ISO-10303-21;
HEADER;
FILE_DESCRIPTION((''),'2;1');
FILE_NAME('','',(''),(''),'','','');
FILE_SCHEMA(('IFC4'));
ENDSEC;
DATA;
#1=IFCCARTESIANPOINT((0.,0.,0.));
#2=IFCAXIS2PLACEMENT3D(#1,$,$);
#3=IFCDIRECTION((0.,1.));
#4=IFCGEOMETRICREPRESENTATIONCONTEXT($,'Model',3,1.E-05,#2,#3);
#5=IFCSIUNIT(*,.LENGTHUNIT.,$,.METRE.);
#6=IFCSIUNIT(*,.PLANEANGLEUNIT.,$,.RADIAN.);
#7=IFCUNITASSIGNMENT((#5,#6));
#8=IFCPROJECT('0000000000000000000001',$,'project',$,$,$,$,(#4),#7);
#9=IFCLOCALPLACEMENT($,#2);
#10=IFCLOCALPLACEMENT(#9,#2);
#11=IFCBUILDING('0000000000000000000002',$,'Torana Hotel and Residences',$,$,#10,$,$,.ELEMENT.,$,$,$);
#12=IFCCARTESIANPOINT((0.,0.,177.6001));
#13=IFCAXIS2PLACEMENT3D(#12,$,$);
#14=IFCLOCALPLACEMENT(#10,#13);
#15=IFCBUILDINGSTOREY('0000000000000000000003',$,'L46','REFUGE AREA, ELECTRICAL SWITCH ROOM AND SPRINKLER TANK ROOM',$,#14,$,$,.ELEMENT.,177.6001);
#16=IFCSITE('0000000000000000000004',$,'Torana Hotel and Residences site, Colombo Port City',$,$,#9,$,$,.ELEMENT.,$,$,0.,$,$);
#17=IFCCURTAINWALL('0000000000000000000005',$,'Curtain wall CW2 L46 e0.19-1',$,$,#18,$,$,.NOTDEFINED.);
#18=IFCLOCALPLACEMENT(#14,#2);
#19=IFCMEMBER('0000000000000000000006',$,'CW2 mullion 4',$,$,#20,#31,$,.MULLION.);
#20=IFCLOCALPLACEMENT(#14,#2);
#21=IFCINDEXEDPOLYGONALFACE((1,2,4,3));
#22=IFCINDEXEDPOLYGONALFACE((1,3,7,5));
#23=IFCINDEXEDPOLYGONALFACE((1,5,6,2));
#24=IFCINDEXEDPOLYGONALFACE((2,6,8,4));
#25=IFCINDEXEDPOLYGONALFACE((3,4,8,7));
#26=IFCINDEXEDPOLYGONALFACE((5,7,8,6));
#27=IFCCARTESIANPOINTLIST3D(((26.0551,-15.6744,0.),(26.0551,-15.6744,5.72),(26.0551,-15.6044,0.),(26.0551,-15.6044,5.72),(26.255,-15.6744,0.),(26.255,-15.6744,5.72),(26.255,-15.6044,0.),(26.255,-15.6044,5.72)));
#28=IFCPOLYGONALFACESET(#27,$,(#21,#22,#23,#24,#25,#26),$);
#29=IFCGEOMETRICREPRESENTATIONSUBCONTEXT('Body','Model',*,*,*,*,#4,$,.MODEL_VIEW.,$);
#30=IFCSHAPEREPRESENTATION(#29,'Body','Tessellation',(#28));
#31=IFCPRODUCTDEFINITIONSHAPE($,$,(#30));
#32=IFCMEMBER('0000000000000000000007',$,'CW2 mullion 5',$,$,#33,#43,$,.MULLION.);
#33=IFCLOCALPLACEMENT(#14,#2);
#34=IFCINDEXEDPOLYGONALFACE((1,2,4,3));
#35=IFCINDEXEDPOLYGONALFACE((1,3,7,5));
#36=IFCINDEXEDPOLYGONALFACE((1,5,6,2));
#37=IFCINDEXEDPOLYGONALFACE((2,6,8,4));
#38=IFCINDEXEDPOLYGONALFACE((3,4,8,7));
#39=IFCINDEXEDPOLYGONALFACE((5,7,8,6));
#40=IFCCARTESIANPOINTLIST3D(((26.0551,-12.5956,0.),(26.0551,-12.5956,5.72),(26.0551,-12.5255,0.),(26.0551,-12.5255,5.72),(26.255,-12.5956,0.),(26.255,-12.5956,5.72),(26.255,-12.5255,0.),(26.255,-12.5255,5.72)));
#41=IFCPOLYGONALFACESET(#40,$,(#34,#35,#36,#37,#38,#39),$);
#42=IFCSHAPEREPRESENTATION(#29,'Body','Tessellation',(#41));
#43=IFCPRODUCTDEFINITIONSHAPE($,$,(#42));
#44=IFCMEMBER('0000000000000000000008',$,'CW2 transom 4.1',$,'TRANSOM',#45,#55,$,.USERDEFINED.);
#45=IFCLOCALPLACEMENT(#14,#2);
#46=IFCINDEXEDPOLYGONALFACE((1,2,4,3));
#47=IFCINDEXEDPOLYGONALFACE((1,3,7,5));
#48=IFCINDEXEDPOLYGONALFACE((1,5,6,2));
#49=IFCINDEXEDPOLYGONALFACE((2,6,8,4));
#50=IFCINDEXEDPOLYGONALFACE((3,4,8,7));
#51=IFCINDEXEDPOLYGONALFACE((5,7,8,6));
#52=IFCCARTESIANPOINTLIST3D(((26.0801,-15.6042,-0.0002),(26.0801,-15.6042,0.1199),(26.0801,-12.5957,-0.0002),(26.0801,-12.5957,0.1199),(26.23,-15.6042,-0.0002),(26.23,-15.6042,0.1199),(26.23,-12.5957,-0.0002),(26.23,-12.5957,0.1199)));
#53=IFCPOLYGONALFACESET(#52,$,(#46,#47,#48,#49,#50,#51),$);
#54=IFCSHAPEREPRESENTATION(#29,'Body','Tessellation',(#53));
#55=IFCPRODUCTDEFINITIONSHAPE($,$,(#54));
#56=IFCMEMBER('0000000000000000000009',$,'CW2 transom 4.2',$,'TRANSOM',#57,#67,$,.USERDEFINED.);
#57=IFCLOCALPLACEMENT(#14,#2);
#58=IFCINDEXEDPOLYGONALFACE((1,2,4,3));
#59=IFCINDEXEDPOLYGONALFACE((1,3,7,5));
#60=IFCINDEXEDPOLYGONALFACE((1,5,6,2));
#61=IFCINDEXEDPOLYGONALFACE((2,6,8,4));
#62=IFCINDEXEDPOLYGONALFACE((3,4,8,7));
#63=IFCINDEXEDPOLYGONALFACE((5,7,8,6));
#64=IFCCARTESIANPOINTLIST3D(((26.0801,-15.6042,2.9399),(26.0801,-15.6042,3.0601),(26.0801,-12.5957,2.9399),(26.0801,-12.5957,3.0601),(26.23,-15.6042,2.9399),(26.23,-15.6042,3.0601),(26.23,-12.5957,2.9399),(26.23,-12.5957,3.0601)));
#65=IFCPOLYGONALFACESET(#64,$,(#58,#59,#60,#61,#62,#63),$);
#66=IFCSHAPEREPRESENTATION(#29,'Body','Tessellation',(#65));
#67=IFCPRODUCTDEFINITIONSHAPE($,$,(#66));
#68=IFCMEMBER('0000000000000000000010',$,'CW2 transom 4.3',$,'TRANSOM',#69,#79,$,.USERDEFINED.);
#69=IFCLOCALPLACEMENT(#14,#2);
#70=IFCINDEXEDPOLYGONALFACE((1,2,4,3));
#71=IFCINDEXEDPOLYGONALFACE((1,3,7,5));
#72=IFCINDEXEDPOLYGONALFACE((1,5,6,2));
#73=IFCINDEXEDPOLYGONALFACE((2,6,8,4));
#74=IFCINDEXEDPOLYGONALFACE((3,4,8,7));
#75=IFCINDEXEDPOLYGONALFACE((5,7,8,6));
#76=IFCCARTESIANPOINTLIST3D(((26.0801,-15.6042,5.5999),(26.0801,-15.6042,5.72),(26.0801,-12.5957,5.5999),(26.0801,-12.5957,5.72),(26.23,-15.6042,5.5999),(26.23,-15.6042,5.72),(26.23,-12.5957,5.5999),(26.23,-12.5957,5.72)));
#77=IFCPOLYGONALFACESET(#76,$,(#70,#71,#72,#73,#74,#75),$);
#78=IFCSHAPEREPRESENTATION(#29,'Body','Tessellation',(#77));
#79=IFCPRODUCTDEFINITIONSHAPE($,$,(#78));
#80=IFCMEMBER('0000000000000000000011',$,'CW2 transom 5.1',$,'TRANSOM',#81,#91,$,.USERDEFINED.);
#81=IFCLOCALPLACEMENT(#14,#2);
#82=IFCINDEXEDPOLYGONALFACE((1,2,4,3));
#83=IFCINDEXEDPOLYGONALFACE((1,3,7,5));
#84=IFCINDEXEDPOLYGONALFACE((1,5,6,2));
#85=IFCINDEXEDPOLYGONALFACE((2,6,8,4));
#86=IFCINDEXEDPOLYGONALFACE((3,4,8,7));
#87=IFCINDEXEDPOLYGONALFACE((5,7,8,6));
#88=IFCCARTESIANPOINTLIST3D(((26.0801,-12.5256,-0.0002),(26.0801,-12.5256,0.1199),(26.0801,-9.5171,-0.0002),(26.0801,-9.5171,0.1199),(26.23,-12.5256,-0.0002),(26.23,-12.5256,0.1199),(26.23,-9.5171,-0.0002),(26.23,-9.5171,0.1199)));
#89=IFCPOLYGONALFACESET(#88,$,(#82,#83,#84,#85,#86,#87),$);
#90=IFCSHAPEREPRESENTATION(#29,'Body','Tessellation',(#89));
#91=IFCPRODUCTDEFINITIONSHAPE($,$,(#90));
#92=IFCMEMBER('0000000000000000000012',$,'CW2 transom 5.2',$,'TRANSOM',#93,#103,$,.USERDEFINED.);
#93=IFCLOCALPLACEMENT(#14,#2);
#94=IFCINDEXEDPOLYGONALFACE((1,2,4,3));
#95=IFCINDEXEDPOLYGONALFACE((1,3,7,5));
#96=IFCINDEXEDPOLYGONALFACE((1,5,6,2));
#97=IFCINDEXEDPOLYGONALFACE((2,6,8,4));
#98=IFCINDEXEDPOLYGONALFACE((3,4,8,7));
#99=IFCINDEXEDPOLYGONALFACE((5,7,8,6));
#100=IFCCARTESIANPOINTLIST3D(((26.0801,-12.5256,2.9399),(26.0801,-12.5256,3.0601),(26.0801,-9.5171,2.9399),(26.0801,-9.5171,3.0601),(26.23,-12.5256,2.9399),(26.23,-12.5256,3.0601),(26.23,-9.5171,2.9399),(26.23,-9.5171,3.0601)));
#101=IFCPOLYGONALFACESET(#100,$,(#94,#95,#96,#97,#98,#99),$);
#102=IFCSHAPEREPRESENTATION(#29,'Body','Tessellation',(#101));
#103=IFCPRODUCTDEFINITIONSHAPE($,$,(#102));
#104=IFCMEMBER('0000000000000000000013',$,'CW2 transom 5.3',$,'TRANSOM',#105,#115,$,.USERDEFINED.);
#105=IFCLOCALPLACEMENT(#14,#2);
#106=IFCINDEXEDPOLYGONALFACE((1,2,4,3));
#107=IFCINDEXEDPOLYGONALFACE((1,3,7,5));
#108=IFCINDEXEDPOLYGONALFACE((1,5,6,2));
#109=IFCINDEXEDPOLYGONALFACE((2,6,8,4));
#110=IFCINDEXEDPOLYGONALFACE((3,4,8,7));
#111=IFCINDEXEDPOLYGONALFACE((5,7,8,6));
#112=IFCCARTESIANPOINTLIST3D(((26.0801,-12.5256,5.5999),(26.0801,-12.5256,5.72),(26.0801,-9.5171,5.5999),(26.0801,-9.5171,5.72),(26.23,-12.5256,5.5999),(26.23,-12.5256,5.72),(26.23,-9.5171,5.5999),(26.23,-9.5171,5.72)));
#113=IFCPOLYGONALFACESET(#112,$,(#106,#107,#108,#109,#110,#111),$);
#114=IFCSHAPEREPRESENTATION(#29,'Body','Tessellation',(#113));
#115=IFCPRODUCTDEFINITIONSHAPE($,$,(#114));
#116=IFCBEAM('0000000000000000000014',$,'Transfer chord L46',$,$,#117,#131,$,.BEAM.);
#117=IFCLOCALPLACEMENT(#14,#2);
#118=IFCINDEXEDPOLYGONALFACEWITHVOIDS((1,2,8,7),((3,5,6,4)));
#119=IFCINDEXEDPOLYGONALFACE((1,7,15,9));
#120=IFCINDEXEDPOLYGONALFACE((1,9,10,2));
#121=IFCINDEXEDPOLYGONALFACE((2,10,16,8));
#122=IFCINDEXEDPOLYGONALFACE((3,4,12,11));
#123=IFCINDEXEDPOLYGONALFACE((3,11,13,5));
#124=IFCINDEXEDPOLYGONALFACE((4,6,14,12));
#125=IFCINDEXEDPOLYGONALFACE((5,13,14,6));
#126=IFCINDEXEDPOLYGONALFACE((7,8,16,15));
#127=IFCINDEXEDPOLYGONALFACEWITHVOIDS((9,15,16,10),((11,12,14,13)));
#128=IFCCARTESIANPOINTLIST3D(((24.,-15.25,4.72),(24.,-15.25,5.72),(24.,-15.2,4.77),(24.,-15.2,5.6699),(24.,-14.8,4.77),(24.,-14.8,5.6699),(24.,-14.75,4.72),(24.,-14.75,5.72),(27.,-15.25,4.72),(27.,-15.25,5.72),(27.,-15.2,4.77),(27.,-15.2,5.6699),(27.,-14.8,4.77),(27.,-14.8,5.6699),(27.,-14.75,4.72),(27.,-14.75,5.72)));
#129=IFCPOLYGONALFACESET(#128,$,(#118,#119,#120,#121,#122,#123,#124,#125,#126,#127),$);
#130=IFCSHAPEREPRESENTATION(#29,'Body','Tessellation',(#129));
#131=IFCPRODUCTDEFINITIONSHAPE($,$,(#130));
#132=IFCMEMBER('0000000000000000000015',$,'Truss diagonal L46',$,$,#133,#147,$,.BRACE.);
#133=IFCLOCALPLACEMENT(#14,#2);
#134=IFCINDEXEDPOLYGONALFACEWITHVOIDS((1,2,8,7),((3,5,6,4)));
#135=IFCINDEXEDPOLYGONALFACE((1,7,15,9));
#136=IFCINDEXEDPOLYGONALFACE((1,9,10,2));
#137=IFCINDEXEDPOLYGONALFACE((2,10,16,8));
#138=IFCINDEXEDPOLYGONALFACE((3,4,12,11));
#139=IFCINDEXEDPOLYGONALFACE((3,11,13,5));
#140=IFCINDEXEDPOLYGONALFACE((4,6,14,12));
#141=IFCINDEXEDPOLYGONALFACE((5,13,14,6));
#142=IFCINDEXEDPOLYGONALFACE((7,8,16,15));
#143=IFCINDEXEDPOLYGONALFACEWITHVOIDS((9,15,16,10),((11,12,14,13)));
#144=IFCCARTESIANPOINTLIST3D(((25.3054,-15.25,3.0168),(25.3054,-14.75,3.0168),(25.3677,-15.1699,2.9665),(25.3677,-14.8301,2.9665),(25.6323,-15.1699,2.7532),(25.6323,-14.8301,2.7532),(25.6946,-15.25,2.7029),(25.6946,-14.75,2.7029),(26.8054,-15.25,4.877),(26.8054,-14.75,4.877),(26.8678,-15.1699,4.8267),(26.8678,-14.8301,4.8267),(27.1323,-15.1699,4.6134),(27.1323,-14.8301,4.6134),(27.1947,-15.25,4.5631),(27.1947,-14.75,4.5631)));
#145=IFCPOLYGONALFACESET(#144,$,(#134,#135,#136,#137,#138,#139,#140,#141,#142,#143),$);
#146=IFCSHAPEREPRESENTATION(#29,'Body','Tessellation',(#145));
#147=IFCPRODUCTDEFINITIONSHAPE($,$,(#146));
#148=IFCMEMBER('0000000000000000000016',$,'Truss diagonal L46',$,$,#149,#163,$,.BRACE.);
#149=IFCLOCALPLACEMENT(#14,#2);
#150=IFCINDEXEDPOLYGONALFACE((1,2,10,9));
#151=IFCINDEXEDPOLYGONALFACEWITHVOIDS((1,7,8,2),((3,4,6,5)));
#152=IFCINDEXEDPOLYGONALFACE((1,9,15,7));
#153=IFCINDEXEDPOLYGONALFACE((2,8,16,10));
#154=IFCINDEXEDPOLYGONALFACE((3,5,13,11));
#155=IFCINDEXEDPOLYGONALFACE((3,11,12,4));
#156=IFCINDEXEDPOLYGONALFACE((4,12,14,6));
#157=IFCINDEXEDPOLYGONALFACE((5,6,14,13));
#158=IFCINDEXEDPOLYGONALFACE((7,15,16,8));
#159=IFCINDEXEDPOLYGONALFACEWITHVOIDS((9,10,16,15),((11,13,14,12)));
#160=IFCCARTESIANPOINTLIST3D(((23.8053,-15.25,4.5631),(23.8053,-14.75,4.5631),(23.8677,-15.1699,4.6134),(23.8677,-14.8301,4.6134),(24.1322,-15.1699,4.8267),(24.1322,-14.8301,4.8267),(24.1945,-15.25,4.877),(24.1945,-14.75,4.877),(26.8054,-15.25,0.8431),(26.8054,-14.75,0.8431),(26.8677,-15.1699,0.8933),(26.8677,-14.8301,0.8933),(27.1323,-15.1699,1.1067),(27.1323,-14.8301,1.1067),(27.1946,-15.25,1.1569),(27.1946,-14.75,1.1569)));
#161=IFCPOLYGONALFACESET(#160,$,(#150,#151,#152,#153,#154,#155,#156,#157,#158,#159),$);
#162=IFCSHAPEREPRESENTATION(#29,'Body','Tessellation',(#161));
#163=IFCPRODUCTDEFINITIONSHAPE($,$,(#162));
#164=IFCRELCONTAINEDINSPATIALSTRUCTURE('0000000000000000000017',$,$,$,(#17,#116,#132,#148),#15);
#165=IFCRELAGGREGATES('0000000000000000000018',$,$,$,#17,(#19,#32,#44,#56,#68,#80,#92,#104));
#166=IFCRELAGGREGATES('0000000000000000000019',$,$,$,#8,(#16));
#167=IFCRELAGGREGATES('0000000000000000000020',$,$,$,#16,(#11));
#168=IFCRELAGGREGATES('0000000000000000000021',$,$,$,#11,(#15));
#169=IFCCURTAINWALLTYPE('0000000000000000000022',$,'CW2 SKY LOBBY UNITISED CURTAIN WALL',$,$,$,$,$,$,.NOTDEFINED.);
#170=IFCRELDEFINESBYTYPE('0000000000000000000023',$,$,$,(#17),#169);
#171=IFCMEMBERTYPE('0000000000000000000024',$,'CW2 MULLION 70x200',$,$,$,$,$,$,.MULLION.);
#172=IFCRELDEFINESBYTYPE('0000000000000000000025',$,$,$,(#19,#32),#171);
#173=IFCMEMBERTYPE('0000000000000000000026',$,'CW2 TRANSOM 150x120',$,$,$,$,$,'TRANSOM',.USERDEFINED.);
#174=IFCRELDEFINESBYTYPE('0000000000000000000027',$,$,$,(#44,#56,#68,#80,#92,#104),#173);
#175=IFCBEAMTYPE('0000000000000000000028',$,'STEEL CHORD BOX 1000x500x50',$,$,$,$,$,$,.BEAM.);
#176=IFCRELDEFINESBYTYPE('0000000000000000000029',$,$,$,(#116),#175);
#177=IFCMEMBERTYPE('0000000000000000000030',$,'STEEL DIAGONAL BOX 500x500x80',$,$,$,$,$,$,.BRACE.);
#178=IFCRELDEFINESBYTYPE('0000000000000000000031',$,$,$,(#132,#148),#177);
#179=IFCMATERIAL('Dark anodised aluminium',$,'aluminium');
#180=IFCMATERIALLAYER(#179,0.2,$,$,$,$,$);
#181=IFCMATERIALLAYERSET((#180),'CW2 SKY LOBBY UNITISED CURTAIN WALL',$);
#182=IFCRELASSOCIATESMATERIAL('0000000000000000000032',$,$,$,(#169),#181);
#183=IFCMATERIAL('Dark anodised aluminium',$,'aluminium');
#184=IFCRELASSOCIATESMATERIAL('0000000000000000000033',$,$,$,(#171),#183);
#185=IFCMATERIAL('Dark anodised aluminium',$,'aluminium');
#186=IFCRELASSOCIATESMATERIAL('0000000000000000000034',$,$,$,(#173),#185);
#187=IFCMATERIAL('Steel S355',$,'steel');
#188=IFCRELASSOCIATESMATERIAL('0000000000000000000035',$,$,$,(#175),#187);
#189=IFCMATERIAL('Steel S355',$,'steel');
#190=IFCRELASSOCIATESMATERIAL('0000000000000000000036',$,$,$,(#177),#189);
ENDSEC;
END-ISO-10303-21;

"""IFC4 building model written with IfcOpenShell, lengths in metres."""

from ifc_helpers import new_model, si_unit, direction, frame, origin, origin_2d, place, context, subcontext, project, spatial, rectangle, hollow_rectangle, extrude, material, layer, layer_set, material_profile, profile_set, type_object, element, aggregate, save


model = new_model("IFC4")

# Units and contexts
model_context = context("Model", 3, precision=1e-05, world=origin(), true_north=direction((0.0, 1.0)))
body_context = subcontext(model_context, "Body", "Model", "MODEL_VIEW")
ifc_project = project(units=[si_unit("LENGTHUNIT", "METRE"), si_unit("PLANEANGLEUNIT", "RADIAN")], contexts=[model_context])

# Site, building, storey
site_placement = place(None, origin())
site = spatial("IfcSite", under=ifc_project, at=site_placement, Name="Torana Hotel and Residences site, Colombo Port City", CompositionType="ELEMENT", RefElevation=0.0)
building_placement = place(site_placement, origin())
building = spatial("IfcBuilding", under=site, at=building_placement, Name="Torana Hotel and Residences", CompositionType="ELEMENT")
storey_placement = place(building_placement, frame((0.0, 0.0, 177.6001)))
storey = spatial("IfcBuildingStorey", under=building, at=storey_placement, Name="L46", Description="REFUGE AREA, ELECTRICAL SWITCH ROOM AND SPRINKLER TANK ROOM", CompositionType="ELEMENT", Elevation=177.6001)

# Curtain wall, members
ifc_material_1 = material(Name="Dark anodised aluminium", Category="aluminium")
ifc_layer_1 = layer(ifc_material_1, 0.2)
ifc_layer_set_1 = layer_set([ifc_layer_1], Name="CW2 SKY LOBBY UNITISED CURTAIN WALL")
curtain_wall_type = type_object("IfcCurtainWallType", Name="CW2 SKY LOBBY UNITISED CURTAIN WALL", PredefinedType="NOTDEFINED", material=ifc_layer_set_1)
curtain_wall_placement = place(storey_placement, origin())
curtain_wall = element("IfcCurtainWall", 1, at=curtain_wall_placement, inside=storey, type_object=curtain_wall_type, Name="Curtain wall CW2 L46 e0.19-1", PredefinedType="NOTDEFINED")
ifc_material_2 = material(Name="Dark anodised aluminium", Category="aluminium")
ifc_material_profile_1 = material_profile(ifc_material_2, rectangle(XDim=0.2, YDim=0.0701, at=origin_2d()), Name="CW2 MULLION 70x200")
ifc_profile_set_1 = profile_set([ifc_material_profile_1], Name="Dark anodised aluminium")
member_type_1 = type_object("IfcMemberType", Name="CW2 MULLION 70x200", PredefinedType="MULLION", material=ifc_profile_set_1)
member_1_placement = place(storey_placement, frame((26.155, -15.6394, 0.0), z_axis=(0.0, 0.0, 1.0), x_axis=(-1.0, 0.0, 0.0)))
member_1 = element("IfcMember", 2, at=member_1_placement, type_object=member_type_1, Name="CW2 mullion 4", PredefinedType="MULLION", context=body_context, shape_type="SweptSolid", body=[
    extrude(rectangle(XDim=0.2, YDim=0.0701, at=origin_2d()), origin(), (0.0, 0.0, 1.0), 5.72),
])
member_2_placement = place(storey_placement, frame((26.155, -12.5605, 0.0), z_axis=(0.0, 0.0, 1.0), x_axis=(-1.0, 0.0, 0.0)))
member_2 = element("IfcMember", 3, at=member_2_placement, type_object=member_type_1, Name="CW2 mullion 5", PredefinedType="MULLION", context=body_context, shape_type="SweptSolid", body=[
    extrude(rectangle(XDim=0.2, YDim=0.0701, at=origin_2d()), origin(), (0.0, 0.0, 1.0), 5.72),
])
ifc_material_3 = material(Name="Dark anodised aluminium", Category="aluminium")
ifc_material_profile_2 = material_profile(ifc_material_3, rectangle(XDim=0.1499, YDim=0.1201, at=origin_2d()), Name="CW2 TRANSOM 150x120")
ifc_profile_set_2 = profile_set([ifc_material_profile_2], Name="Dark anodised aluminium")
member_type_2 = type_object("IfcMemberType", Name="CW2 TRANSOM 150x120", ElementType="TRANSOM", PredefinedType="USERDEFINED", material=ifc_profile_set_2)
member_3_placement = place(storey_placement, frame((26.155, -15.6042, 0.0598), z_axis=(0.0, 1.0, 0.0), x_axis=(-1.0, 0.0, 0.0)))
member_3 = element("IfcMember", 4, at=member_3_placement, type_object=member_type_2, Name="CW2 transom 4.1", ObjectType="TRANSOM", PredefinedType="USERDEFINED", context=body_context, shape_type="SweptSolid", body=[
    extrude(rectangle(XDim=0.1499, YDim=0.1201, at=origin_2d()), origin(), (0.0, 0.0, 1.0), 3.0085),
])
member_4_placement = place(storey_placement, frame((26.155, -15.6042, 3.0), z_axis=(0.0, 1.0, 0.0), x_axis=(-1.0, 0.0, 0.0)))
member_4 = element("IfcMember", 5, at=member_4_placement, type_object=member_type_2, Name="CW2 transom 4.2", ObjectType="TRANSOM", PredefinedType="USERDEFINED", context=body_context, shape_type="SweptSolid", body=[
    extrude(rectangle(XDim=0.1499, YDim=0.1201, at=origin_2d()), origin(), (0.0, 0.0, 1.0), 3.0085),
])
member_5_placement = place(storey_placement, frame((26.155, -15.6042, 5.6599), z_axis=(0.0, 1.0, 0.0), x_axis=(-1.0, 0.0, 0.0)))
member_5 = element("IfcMember", 6, at=member_5_placement, type_object=member_type_2, Name="CW2 transom 4.3", ObjectType="TRANSOM", PredefinedType="USERDEFINED", context=body_context, shape_type="SweptSolid", body=[
    extrude(rectangle(XDim=0.1499, YDim=0.1201, at=origin_2d()), origin(), (0.0, 0.0, 1.0), 3.0085),
])
member_6_placement = place(storey_placement, frame((26.155, -12.5256, 0.0598), z_axis=(0.0, 1.0, 0.0), x_axis=(-1.0, 0.0, 0.0)))
member_6 = element("IfcMember", 7, at=member_6_placement, type_object=member_type_2, Name="CW2 transom 5.1", ObjectType="TRANSOM", PredefinedType="USERDEFINED", context=body_context, shape_type="SweptSolid", body=[
    extrude(rectangle(XDim=0.1499, YDim=0.1201, at=origin_2d()), origin(), (0.0, 0.0, 1.0), 3.0085),
])
member_7_placement = place(storey_placement, frame((26.155, -12.5256, 3.0), z_axis=(0.0, 1.0, 0.0), x_axis=(-1.0, 0.0, 0.0)))
member_7 = element("IfcMember", 8, at=member_7_placement, type_object=member_type_2, Name="CW2 transom 5.2", ObjectType="TRANSOM", PredefinedType="USERDEFINED", context=body_context, shape_type="SweptSolid", body=[
    extrude(rectangle(XDim=0.1499, YDim=0.1201, at=origin_2d()), origin(), (0.0, 0.0, 1.0), 3.0085),
])
member_8_placement = place(storey_placement, frame((26.155, -12.5256, 5.6599), z_axis=(0.0, 1.0, 0.0), x_axis=(-1.0, 0.0, 0.0)))
member_8 = element("IfcMember", 9, at=member_8_placement, type_object=member_type_2, Name="CW2 transom 5.3", ObjectType="TRANSOM", PredefinedType="USERDEFINED", context=body_context, shape_type="SweptSolid", body=[
    extrude(rectangle(XDim=0.1499, YDim=0.1201, at=origin_2d()), origin(), (0.0, 0.0, 1.0), 3.0085),
])

# Beam
ifc_material_4 = material(Name="Steel S355", Category="steel")
ifc_material_profile_3 = material_profile(ifc_material_4, hollow_rectangle(XDim=0.5, YDim=1.0, WallThickness=0.05, at=origin_2d()), Name="BOX 1000x500x50")
ifc_profile_set_3 = profile_set([ifc_material_profile_3], Name="Steel S355")
beam_type = type_object("IfcBeamType", Name="STEEL CHORD BOX 1000x500x50", PredefinedType="BEAM", material=ifc_profile_set_3)
beam_placement = place(storey_placement, frame((24.0, -15.0, 5.22), z_axis=(1.0, 0.0, 0.0), x_axis=(0.0, 1.0, 0.0)))
element("IfcBeam", 10, at=beam_placement, inside=storey, type_object=beam_type, Name="Transfer chord L46", PredefinedType="BEAM", context=body_context, shape_type="SweptSolid", body=[
    extrude(hollow_rectangle(XDim=0.5, YDim=1.0, WallThickness=0.05, at=origin_2d()), origin(), (0.0, 0.0, 1.0), 3.0),
])

# Members
ifc_material_5 = material(Name="Steel S355", Category="steel")
ifc_material_profile_4 = material_profile(ifc_material_5, hollow_rectangle(XDim=0.5, YDim=0.5, WallThickness=0.0801, at=origin_2d()), Name="BOX 500x500x80")
ifc_profile_set_4 = profile_set([ifc_material_profile_4], Name="Steel S355")
member_type_3 = type_object("IfcMemberType", Name="STEEL DIAGONAL BOX 500x500x80", PredefinedType="BRACE", material=ifc_profile_set_4)
member_9_placement = place(storey_placement, frame((25.5, -15.0, 2.8599), z_axis=(0.62773, 0.0, 0.778431), x_axis=(0.0, 1.0, 0.0)))
element("IfcMember", 11, at=member_9_placement, inside=storey, type_object=member_type_3, Name="Truss diagonal L46", PredefinedType="BRACE", context=body_context, shape_type="SweptSolid", body=[
    extrude(hollow_rectangle(XDim=0.5, YDim=0.5, WallThickness=0.0801, at=origin_2d()), origin(), (0.0, 0.0, 1.0), 2.3896),
])
member_10_placement = place(storey_placement, frame((27.0, -15.0, 1.0), z_axis=(-0.627755, 0.0, 0.778411), x_axis=(0.0, -1.0, 0.0)))
element("IfcMember", 12, at=member_10_placement, inside=storey, type_object=member_type_3, Name="Truss diagonal L46", PredefinedType="BRACE", context=body_context, shape_type="SweptSolid", body=[
    extrude(hollow_rectangle(XDim=0.5, YDim=0.5, WallThickness=0.0801, at=origin_2d()), origin(), (0.0, 0.0, 1.0), 4.7791),
])

aggregate(curtain_wall, [member_1, member_2, member_3, member_4, member_5, member_6, member_7, member_8])

save(model, "model.ifc")
